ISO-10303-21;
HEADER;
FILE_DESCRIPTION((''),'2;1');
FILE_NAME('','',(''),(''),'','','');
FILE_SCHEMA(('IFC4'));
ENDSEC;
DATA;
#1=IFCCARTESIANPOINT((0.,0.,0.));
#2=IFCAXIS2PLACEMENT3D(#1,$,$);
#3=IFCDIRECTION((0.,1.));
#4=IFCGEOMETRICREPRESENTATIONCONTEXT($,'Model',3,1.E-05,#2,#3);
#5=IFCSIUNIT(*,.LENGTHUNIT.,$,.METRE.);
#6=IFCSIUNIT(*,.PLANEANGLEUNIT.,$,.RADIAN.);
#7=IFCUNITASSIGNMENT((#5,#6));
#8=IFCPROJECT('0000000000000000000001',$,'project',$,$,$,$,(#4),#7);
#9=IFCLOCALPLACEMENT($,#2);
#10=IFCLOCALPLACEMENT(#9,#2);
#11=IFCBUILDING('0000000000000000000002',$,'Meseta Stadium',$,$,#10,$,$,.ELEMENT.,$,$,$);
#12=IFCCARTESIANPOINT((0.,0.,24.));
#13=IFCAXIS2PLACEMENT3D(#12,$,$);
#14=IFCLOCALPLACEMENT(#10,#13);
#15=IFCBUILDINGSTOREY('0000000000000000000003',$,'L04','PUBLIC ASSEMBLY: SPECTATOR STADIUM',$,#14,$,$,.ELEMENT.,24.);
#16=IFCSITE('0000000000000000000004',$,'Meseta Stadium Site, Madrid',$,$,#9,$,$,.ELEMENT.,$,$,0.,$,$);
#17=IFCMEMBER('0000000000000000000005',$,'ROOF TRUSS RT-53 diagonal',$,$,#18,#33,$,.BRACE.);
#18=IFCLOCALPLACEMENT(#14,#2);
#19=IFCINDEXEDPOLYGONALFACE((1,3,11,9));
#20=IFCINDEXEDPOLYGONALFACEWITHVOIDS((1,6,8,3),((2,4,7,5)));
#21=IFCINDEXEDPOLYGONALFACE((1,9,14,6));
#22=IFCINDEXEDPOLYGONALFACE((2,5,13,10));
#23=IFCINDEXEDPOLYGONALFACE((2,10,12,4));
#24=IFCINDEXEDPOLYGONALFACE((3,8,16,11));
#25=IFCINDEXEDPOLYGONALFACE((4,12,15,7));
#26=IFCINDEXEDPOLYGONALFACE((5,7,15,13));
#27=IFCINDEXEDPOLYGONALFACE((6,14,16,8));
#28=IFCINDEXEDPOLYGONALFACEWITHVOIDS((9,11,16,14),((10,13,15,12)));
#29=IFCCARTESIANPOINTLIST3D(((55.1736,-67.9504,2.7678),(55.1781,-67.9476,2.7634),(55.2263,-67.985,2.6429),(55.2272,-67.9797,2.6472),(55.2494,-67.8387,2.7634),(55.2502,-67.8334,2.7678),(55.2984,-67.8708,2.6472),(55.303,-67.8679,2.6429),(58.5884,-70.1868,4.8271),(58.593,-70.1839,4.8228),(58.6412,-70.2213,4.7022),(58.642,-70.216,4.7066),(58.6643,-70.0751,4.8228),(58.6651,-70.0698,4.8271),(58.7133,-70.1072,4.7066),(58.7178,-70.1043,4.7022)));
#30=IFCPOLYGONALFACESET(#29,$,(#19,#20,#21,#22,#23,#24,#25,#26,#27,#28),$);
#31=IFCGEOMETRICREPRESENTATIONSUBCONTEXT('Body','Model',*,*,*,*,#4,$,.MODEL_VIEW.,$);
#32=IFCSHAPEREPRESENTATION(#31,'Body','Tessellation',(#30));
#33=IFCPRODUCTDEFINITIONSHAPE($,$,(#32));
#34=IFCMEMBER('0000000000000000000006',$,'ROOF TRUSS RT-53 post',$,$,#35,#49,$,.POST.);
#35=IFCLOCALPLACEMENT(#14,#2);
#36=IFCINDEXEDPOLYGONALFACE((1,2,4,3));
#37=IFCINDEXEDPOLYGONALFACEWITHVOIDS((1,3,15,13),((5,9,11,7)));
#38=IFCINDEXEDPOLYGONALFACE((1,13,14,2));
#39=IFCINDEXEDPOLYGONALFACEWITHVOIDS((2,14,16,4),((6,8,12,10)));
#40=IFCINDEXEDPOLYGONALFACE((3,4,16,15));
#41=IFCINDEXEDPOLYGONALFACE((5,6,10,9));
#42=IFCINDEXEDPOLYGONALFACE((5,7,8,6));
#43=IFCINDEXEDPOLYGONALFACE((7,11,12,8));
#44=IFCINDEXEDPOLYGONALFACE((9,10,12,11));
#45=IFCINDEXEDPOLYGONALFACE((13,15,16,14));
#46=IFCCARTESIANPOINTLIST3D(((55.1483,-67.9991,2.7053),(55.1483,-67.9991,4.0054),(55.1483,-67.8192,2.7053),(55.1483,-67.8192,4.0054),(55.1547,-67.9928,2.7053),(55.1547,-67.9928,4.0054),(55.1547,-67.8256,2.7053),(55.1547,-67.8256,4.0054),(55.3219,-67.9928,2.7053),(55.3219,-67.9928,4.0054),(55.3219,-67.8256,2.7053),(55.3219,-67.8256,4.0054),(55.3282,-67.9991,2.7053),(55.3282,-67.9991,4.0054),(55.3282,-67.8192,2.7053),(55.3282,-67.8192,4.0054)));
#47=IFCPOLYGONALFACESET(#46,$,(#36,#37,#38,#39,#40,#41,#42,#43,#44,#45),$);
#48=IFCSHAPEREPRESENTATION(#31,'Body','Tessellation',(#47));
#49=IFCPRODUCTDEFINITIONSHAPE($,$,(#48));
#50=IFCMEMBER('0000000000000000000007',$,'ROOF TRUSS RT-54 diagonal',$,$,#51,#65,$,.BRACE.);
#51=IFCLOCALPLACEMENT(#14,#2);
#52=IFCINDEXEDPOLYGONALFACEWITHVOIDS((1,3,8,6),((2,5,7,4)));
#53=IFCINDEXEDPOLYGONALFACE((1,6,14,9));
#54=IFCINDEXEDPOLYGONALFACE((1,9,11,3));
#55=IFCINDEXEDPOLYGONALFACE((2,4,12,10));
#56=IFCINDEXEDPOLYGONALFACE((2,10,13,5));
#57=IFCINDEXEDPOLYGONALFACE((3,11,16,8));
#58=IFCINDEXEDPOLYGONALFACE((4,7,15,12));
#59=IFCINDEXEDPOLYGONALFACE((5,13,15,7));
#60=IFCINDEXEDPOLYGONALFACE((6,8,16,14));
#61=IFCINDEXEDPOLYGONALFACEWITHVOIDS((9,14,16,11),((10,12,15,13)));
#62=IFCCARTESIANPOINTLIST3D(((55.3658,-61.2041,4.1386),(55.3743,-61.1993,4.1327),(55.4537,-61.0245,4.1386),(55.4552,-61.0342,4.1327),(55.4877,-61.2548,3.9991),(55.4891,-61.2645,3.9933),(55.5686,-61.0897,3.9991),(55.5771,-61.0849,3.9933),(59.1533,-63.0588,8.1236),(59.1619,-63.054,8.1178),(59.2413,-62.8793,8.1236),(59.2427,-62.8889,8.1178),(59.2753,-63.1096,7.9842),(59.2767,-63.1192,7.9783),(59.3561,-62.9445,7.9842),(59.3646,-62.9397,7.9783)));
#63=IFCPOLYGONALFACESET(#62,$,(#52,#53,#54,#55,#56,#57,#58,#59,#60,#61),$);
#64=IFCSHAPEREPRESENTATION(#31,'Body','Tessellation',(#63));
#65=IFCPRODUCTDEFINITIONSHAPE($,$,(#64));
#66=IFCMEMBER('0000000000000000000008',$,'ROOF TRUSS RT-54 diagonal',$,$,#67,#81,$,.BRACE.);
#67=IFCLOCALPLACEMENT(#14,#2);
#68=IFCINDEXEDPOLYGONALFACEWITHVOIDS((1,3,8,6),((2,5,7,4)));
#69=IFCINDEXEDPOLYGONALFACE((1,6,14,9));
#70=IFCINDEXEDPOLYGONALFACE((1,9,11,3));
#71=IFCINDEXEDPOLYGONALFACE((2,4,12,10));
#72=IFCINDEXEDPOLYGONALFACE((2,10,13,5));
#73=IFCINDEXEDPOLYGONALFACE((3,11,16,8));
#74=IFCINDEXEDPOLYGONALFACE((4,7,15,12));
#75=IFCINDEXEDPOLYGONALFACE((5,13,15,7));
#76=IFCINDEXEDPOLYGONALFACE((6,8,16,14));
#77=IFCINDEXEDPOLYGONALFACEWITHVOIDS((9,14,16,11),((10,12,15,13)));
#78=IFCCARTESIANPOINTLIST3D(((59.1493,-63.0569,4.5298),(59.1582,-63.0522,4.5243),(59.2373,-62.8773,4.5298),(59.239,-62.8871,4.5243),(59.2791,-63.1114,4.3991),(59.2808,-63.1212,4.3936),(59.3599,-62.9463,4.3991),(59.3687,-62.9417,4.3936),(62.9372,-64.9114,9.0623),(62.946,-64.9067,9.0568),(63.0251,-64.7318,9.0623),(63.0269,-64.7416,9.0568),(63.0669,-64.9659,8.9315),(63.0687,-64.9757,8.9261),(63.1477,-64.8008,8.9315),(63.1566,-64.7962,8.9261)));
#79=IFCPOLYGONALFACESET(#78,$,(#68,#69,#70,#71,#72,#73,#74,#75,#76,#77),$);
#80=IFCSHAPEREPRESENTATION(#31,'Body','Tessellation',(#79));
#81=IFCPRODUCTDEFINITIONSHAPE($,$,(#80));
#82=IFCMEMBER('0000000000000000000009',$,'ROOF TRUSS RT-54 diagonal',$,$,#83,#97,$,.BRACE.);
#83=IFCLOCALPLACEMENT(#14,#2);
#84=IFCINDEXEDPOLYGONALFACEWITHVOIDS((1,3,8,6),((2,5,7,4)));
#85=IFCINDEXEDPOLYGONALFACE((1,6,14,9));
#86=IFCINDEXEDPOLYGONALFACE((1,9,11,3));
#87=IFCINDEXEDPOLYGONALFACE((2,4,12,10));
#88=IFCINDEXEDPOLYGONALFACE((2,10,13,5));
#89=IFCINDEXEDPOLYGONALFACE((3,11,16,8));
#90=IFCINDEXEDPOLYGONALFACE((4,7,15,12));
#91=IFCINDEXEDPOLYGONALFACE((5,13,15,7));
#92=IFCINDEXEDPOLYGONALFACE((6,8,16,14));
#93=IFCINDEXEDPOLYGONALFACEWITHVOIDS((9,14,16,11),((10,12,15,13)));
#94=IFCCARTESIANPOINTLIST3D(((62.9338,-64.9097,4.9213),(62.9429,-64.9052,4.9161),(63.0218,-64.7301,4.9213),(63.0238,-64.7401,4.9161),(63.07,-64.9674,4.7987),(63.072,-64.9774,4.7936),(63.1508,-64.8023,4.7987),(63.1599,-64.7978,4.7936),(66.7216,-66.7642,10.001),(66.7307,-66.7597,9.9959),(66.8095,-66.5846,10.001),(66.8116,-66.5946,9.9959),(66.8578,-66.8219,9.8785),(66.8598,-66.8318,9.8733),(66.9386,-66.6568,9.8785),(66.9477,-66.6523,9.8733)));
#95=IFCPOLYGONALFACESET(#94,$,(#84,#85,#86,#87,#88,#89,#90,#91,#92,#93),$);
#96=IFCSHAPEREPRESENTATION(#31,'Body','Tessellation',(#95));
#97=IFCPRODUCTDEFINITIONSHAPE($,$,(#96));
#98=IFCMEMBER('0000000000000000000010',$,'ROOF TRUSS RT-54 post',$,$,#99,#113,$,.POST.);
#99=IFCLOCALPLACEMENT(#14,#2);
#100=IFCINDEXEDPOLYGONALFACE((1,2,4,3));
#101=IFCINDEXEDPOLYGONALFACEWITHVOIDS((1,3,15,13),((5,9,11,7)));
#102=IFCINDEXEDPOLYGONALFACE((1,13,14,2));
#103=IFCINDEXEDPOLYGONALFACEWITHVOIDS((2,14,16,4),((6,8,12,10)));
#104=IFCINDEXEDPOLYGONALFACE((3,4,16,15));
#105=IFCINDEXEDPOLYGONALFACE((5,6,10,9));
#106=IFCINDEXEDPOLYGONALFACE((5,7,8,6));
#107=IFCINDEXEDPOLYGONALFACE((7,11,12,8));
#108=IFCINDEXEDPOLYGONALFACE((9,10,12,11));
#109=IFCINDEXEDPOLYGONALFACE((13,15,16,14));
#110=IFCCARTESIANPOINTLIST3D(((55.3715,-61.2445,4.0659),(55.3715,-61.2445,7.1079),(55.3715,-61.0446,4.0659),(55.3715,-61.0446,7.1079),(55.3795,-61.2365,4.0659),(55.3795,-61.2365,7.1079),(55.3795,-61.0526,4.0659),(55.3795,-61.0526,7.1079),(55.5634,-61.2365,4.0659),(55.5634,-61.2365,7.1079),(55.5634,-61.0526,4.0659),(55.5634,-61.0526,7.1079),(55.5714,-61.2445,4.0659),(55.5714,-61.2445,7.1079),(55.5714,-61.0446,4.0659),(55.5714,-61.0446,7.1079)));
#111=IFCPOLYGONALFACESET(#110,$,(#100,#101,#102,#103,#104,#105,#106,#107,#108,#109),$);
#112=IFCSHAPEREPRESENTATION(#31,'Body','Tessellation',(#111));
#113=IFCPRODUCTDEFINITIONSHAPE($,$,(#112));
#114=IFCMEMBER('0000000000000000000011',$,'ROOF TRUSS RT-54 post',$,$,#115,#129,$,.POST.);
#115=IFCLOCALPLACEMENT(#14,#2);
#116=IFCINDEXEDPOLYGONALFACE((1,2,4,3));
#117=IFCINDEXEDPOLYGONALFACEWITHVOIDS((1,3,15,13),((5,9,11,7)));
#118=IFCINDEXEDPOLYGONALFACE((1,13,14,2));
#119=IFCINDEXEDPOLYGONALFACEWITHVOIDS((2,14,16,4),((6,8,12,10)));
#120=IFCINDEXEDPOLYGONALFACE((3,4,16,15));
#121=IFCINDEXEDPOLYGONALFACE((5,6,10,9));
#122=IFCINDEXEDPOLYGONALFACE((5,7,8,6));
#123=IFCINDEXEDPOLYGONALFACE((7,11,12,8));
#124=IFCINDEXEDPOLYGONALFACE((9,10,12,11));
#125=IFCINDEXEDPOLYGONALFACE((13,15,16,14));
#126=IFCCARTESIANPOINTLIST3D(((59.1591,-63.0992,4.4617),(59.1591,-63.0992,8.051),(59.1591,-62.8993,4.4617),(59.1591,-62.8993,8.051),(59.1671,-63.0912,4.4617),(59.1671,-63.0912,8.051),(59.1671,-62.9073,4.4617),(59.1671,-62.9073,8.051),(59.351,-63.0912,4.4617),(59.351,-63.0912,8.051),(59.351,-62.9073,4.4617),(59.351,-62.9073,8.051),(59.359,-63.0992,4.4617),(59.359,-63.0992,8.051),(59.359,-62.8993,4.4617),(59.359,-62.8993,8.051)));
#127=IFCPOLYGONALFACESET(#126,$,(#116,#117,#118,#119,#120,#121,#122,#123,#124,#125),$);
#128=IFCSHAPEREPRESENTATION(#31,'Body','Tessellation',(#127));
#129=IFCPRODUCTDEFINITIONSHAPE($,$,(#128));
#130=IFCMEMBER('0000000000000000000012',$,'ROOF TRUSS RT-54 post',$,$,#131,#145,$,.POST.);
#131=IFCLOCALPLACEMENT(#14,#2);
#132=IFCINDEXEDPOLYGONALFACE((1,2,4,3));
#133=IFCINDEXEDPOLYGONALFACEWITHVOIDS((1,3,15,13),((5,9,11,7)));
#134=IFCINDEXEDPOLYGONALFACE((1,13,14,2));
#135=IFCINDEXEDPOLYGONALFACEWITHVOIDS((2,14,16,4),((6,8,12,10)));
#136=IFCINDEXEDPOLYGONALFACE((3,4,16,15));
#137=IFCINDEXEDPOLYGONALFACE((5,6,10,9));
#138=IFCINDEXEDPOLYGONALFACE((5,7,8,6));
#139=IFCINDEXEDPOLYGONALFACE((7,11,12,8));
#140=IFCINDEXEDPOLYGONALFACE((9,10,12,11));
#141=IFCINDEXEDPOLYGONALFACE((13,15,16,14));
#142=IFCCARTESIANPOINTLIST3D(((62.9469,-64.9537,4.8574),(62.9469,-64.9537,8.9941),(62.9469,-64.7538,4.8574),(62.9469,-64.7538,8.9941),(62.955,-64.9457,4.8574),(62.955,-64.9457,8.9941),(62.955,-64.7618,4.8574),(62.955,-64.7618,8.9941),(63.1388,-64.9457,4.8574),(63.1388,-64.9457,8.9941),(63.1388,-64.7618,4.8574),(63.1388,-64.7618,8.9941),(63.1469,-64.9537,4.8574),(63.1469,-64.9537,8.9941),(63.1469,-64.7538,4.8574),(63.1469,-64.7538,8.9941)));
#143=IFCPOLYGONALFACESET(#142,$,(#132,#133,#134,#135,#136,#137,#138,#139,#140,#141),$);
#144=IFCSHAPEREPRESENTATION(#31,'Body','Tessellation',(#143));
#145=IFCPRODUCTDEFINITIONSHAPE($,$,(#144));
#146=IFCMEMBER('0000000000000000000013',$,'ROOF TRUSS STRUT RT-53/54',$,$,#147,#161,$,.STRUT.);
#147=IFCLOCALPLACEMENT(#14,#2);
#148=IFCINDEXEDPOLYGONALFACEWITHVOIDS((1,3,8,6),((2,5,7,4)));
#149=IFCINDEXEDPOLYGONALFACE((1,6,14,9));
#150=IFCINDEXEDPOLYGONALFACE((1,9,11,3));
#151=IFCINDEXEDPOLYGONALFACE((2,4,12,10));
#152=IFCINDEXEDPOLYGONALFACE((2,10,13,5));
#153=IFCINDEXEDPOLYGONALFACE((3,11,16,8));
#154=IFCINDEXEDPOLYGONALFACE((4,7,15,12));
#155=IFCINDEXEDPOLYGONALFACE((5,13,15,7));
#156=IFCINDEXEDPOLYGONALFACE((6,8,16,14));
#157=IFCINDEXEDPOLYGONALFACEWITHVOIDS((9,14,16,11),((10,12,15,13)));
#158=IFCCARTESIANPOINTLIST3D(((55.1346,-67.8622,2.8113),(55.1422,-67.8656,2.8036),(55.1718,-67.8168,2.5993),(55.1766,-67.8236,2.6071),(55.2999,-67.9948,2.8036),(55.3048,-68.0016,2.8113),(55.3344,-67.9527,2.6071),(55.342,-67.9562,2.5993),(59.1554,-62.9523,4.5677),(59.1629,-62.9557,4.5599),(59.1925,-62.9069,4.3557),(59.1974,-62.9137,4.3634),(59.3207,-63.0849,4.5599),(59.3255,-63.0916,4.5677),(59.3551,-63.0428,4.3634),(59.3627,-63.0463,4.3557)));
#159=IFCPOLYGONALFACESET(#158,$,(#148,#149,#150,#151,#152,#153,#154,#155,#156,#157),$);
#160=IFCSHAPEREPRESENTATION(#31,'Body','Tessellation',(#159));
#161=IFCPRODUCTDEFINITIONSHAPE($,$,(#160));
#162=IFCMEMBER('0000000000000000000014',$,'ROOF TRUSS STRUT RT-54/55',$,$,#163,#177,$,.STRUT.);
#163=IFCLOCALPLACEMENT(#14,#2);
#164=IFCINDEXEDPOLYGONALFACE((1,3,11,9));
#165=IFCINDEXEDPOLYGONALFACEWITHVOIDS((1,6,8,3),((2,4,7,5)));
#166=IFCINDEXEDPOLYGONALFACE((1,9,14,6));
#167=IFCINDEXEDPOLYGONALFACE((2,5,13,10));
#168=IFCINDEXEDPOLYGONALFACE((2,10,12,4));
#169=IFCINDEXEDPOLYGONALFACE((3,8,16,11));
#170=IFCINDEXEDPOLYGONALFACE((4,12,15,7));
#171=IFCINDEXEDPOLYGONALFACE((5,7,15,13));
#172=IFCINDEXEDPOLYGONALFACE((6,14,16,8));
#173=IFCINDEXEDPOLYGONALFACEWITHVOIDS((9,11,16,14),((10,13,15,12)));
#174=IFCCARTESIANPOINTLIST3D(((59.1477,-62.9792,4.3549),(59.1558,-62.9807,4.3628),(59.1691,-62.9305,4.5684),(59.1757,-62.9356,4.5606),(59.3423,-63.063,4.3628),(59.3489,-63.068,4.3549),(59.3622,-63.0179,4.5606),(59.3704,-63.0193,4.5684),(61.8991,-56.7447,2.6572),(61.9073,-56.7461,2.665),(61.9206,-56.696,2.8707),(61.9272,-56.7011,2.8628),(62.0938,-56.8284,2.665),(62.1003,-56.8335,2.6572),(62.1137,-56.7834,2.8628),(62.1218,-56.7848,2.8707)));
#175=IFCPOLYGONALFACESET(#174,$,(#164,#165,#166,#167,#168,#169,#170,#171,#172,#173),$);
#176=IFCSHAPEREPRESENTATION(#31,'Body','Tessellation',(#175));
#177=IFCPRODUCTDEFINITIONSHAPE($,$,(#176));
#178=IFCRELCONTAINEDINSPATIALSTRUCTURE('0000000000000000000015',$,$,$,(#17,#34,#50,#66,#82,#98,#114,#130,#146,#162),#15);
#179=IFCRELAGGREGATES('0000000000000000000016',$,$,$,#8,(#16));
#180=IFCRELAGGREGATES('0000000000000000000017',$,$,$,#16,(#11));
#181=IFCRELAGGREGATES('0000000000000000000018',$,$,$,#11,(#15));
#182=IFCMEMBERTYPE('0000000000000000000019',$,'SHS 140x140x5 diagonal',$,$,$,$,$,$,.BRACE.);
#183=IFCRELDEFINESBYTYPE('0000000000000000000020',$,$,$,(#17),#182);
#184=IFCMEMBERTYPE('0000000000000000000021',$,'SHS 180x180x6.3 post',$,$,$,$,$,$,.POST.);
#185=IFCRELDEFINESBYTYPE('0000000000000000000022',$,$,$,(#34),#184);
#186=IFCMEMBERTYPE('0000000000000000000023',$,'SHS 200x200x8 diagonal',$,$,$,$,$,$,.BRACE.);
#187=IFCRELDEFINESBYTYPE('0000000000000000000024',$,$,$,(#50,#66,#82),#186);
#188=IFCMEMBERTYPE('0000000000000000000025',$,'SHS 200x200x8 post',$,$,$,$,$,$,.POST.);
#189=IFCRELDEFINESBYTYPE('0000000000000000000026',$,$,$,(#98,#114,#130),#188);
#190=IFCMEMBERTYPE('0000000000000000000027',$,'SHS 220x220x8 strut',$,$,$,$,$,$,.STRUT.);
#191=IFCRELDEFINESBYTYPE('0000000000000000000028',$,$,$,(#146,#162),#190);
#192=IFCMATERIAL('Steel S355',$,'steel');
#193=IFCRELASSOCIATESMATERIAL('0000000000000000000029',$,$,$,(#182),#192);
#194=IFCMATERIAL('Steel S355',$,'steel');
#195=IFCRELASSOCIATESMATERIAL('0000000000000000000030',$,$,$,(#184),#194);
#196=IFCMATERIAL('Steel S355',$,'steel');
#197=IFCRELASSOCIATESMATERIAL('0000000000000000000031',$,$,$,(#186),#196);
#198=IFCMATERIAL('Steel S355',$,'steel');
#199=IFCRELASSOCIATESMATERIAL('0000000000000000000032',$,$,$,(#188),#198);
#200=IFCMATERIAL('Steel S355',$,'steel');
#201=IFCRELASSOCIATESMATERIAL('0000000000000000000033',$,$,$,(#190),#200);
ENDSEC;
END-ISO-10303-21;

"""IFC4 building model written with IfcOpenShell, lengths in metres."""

from ifc_helpers import new_model, si_unit, direction, frame, origin, origin_2d, place, context, subcontext, project, spatial, hollow_rectangle, extrude, material, material_profile, profile_set, type_object, element, save


model = new_model("IFC4")

# Units and contexts
model_context = context("Model", 3, precision=1e-05, world=origin(), true_north=direction((0.0, 1.0)))
body_context = subcontext(model_context, "Body", "Model", "MODEL_VIEW")
ifc_project = project(units=[si_unit("LENGTHUNIT", "METRE"), si_unit("PLANEANGLEUNIT", "RADIAN")], contexts=[model_context])

# Site, building, storey
site_placement = place(None, origin())
site = spatial("IfcSite", under=ifc_project, at=site_placement, Name="Meseta Stadium Site, Madrid", CompositionType="ELEMENT", RefElevation=0.0)
building_placement = place(site_placement, origin())
building = spatial("IfcBuilding", under=site, at=building_placement, Name="Meseta Stadium", CompositionType="ELEMENT")
storey_placement = place(building_placement, frame((0.0, 0.0, 24.0)))
storey = spatial("IfcBuildingStorey", under=building, at=storey_placement, Name="L04", Description="PUBLIC ASSEMBLY: SPECTATOR STADIUM", CompositionType="ELEMENT", Elevation=24.0)

# Members
ifc_material_1 = material(Name="Steel S355", Category="steel")
ifc_material_profile_1 = material_profile(ifc_material_1, hollow_rectangle(XDim=0.1399, YDim=0.1399, WallThickness=0.0049, at=origin_2d()), Name="SHS 140x140x5")
ifc_profile_set_1 = profile_set([ifc_material_profile_1], Name="Steel S355")
member_type_1 = type_object("IfcMemberType", Name="SHS 140x140x5 diagonal", PredefinedType="BRACE", material=ifc_profile_set_1)
member_1_placement = place(storey_placement, frame((55.2383, -67.9092, 2.7053), z_axis=(0.7469, -0.48914, 0.450425), x_axis=(0.547863, 0.836568, 0.0)))
element("IfcMember", 1, at=member_1_placement, inside=storey, type_object=member_type_1, Name="ROOF TRUSS RT-53 diagonal", PredefinedType="BRACE", context=body_context, shape_type="SweptSolid", body=[
    extrude(hollow_rectangle(XDim=0.1399, YDim=0.1399, WallThickness=0.0049, at=origin_2d()), origin(), (0.0, 0.0, 1.0), 4.572),
])
ifc_material_2 = material(Name="Steel S355", Category="steel")
ifc_material_profile_2 = material_profile(ifc_material_2, hollow_rectangle(XDim=0.1799, YDim=0.1799, WallThickness=0.0063, at=origin_2d()), Name="SHS 180x180x6.3")
ifc_profile_set_2 = profile_set([ifc_material_profile_2], Name="Steel S355")
member_type_2 = type_object("IfcMemberType", Name="SHS 180x180x6.3 post", PredefinedType="POST", material=ifc_profile_set_2)
member_2_placement = place(storey_placement, frame((55.2383, -67.9092, 2.7053), z_axis=(0.0, 0.0, 1.0), x_axis=(1.0, 0.0, 0.0)))
element("IfcMember", 2, at=member_2_placement, inside=storey, type_object=member_type_2, Name="ROOF TRUSS RT-53 post", PredefinedType="POST", context=body_context, shape_type="SweptSolid", body=[
    extrude(hollow_rectangle(XDim=0.1799, YDim=0.1799, WallThickness=0.0063, at=origin_2d()), origin(), (0.0, 0.0, 1.0), 1.3),
])
ifc_material_3 = material(Name="Steel S355", Category="steel")
ifc_material_profile_3 = material_profile(ifc_material_3, hollow_rectangle(XDim=0.2, YDim=0.2, WallThickness=0.0081, at=origin_2d()), Name="SHS 200x200x8")
ifc_profile_set_3 = profile_set([ifc_material_profile_3], Name="Steel S355")
member_type_3 = type_object("IfcMemberType", Name="SHS 200x200x8 diagonal", PredefinedType="BRACE", material=ifc_profile_set_3)
member_3_placement = place(storey_placement, frame((55.4714, -61.1445, 4.0659), z_axis=(0.652772, -0.319654, 0.686812), x_axis=(0.439788, 0.898101, 0.0)))
element("IfcMember", 3, at=member_3_placement, inside=storey, type_object=member_type_3, Name="ROOF TRUSS RT-54 diagonal", PredefinedType="BRACE", context=body_context, shape_type="SweptSolid", body=[
    extrude(hollow_rectangle(XDim=0.2, YDim=0.2, WallThickness=0.0081, at=origin_2d()), origin(), (0.0, 0.0, 1.0), 5.8022),
])
member_4_placement = place(storey_placement, frame((59.259, -62.9993, 4.4617), z_axis=(0.611817, -0.29954, 0.73209), x_axis=(0.439719, 0.898135, 0.0)))
element("IfcMember", 4, at=member_4_placement, inside=storey, type_object=member_type_3, Name="ROOF TRUSS RT-54 diagonal", PredefinedType="BRACE", context=body_context, shape_type="SweptSolid", body=[
    extrude(hollow_rectangle(XDim=0.2, YDim=0.2, WallThickness=0.0081, at=origin_2d()), origin(), (0.0, 0.0, 1.0), 6.1912),
])
member_5_placement = place(storey_placement, frame((63.0469, -64.8538, 4.8574), z_axis=(0.573707, -0.280882, 0.769393), x_axis=(0.439719, 0.898135, 0.0)))
element("IfcMember", 5, at=member_5_placement, inside=storey, type_object=member_type_3, Name="ROOF TRUSS RT-54 diagonal", PredefinedType="BRACE", context=body_context, shape_type="SweptSolid", body=[
    extrude(hollow_rectangle(XDim=0.2, YDim=0.2, WallThickness=0.0081, at=origin_2d()), origin(), (0.0, 0.0, 1.0), 6.6023),
])
ifc_material_4 = material(Name="Steel S355", Category="steel")
ifc_material_profile_4 = material_profile(ifc_material_4, hollow_rectangle(XDim=0.2, YDim=0.2, WallThickness=0.0081, at=origin_2d()), Name="SHS 200x200x8")
ifc_profile_set_4 = profile_set([ifc_material_profile_4], Name="Steel S355")
member_type_4 = type_object("IfcMemberType", Name="SHS 200x200x8 post", PredefinedType="POST", material=ifc_profile_set_4)
member_6_placement = place(storey_placement, frame((55.4714, -61.1445, 4.0659), z_axis=(0.0, 0.0, 1.0), x_axis=(1.0, 0.0, 0.0)))
element("IfcMember", 6, at=member_6_placement, inside=storey, type_object=member_type_4, Name="ROOF TRUSS RT-54 post", PredefinedType="POST", context=body_context, shape_type="SweptSolid", body=[
    extrude(hollow_rectangle(XDim=0.2, YDim=0.2, WallThickness=0.0081, at=origin_2d()), origin(), (0.0, 0.0, 1.0), 3.042),
])
member_7_placement = place(storey_placement, frame((59.259, -62.9993, 4.4617), z_axis=(0.0, 0.0, 1.0), x_axis=(1.0, 0.0, 0.0)))
element("IfcMember", 7, at=member_7_placement, inside=storey, type_object=member_type_4, Name="ROOF TRUSS RT-54 post", PredefinedType="POST", context=body_context, shape_type="SweptSolid", body=[
    extrude(hollow_rectangle(XDim=0.2, YDim=0.2, WallThickness=0.0081, at=origin_2d()), origin(), (0.0, 0.0, 1.0), 3.5894),
])
member_8_placement = place(storey_placement, frame((63.0469, -64.8538, 4.8574), z_axis=(0.0, 0.0, 1.0), x_axis=(1.0, 0.0, 0.0)))
element("IfcMember", 8, at=member_8_placement, inside=storey, type_object=member_type_4, Name="ROOF TRUSS RT-54 post", PredefinedType="POST", context=body_context, shape_type="SweptSolid", body=[
    extrude(hollow_rectangle(XDim=0.2, YDim=0.2, WallThickness=0.0081, at=origin_2d()), origin(), (0.0, 0.0, 1.0), 4.1367),
])
ifc_material_5 = material(Name="Steel S355", Category="steel")
ifc_material_profile_5 = material_profile(ifc_material_5, hollow_rectangle(XDim=0.22, YDim=0.22, WallThickness=0.0081, at=origin_2d()), Name="SHS 220x220x8")
ifc_profile_set_5 = profile_set([ifc_material_profile_5], Name="Steel S355")
member_type_5 = type_object("IfcMemberType", Name="SHS 220x220x8 strut", PredefinedType="STRUT", material=ifc_profile_set_5)
member_9_placement = place(storey_placement, frame((55.2383, -67.9092, 2.7053), z_axis=(0.610619, 0.745653, 0.266731), x_axis=(-0.773683, 0.633573, 0.0)))
element("IfcMember", 9, at=member_9_placement, inside=storey, type_object=member_type_5, Name="ROOF TRUSS STRUT RT-53/54", PredefinedType="STRUT", context=body_context, shape_type="SweptSolid", body=[
    extrude(hollow_rectangle(XDim=0.22, YDim=0.22, WallThickness=0.0081, at=origin_2d()), origin(), (0.0, 0.0, 1.0), 6.5847),
])
member_10_placement = place(storey_placement, frame((59.259, -62.9993, 4.4617), z_axis=(0.391776, 0.887735, -0.24174), x_axis=(-0.914869, 0.40375, 0.0)))
element("IfcMember", 10, at=member_10_placement, inside=storey, type_object=member_type_5, Name="ROOF TRUSS STRUT RT-54/55", PredefinedType="STRUT", context=body_context, shape_type="SweptSolid", body=[
    extrude(hollow_rectangle(XDim=0.22, YDim=0.22, WallThickness=0.0081, at=origin_2d()), origin(), (0.0, 0.0, 1.0), 7.0229),
])

save(model, "model.ifc")
